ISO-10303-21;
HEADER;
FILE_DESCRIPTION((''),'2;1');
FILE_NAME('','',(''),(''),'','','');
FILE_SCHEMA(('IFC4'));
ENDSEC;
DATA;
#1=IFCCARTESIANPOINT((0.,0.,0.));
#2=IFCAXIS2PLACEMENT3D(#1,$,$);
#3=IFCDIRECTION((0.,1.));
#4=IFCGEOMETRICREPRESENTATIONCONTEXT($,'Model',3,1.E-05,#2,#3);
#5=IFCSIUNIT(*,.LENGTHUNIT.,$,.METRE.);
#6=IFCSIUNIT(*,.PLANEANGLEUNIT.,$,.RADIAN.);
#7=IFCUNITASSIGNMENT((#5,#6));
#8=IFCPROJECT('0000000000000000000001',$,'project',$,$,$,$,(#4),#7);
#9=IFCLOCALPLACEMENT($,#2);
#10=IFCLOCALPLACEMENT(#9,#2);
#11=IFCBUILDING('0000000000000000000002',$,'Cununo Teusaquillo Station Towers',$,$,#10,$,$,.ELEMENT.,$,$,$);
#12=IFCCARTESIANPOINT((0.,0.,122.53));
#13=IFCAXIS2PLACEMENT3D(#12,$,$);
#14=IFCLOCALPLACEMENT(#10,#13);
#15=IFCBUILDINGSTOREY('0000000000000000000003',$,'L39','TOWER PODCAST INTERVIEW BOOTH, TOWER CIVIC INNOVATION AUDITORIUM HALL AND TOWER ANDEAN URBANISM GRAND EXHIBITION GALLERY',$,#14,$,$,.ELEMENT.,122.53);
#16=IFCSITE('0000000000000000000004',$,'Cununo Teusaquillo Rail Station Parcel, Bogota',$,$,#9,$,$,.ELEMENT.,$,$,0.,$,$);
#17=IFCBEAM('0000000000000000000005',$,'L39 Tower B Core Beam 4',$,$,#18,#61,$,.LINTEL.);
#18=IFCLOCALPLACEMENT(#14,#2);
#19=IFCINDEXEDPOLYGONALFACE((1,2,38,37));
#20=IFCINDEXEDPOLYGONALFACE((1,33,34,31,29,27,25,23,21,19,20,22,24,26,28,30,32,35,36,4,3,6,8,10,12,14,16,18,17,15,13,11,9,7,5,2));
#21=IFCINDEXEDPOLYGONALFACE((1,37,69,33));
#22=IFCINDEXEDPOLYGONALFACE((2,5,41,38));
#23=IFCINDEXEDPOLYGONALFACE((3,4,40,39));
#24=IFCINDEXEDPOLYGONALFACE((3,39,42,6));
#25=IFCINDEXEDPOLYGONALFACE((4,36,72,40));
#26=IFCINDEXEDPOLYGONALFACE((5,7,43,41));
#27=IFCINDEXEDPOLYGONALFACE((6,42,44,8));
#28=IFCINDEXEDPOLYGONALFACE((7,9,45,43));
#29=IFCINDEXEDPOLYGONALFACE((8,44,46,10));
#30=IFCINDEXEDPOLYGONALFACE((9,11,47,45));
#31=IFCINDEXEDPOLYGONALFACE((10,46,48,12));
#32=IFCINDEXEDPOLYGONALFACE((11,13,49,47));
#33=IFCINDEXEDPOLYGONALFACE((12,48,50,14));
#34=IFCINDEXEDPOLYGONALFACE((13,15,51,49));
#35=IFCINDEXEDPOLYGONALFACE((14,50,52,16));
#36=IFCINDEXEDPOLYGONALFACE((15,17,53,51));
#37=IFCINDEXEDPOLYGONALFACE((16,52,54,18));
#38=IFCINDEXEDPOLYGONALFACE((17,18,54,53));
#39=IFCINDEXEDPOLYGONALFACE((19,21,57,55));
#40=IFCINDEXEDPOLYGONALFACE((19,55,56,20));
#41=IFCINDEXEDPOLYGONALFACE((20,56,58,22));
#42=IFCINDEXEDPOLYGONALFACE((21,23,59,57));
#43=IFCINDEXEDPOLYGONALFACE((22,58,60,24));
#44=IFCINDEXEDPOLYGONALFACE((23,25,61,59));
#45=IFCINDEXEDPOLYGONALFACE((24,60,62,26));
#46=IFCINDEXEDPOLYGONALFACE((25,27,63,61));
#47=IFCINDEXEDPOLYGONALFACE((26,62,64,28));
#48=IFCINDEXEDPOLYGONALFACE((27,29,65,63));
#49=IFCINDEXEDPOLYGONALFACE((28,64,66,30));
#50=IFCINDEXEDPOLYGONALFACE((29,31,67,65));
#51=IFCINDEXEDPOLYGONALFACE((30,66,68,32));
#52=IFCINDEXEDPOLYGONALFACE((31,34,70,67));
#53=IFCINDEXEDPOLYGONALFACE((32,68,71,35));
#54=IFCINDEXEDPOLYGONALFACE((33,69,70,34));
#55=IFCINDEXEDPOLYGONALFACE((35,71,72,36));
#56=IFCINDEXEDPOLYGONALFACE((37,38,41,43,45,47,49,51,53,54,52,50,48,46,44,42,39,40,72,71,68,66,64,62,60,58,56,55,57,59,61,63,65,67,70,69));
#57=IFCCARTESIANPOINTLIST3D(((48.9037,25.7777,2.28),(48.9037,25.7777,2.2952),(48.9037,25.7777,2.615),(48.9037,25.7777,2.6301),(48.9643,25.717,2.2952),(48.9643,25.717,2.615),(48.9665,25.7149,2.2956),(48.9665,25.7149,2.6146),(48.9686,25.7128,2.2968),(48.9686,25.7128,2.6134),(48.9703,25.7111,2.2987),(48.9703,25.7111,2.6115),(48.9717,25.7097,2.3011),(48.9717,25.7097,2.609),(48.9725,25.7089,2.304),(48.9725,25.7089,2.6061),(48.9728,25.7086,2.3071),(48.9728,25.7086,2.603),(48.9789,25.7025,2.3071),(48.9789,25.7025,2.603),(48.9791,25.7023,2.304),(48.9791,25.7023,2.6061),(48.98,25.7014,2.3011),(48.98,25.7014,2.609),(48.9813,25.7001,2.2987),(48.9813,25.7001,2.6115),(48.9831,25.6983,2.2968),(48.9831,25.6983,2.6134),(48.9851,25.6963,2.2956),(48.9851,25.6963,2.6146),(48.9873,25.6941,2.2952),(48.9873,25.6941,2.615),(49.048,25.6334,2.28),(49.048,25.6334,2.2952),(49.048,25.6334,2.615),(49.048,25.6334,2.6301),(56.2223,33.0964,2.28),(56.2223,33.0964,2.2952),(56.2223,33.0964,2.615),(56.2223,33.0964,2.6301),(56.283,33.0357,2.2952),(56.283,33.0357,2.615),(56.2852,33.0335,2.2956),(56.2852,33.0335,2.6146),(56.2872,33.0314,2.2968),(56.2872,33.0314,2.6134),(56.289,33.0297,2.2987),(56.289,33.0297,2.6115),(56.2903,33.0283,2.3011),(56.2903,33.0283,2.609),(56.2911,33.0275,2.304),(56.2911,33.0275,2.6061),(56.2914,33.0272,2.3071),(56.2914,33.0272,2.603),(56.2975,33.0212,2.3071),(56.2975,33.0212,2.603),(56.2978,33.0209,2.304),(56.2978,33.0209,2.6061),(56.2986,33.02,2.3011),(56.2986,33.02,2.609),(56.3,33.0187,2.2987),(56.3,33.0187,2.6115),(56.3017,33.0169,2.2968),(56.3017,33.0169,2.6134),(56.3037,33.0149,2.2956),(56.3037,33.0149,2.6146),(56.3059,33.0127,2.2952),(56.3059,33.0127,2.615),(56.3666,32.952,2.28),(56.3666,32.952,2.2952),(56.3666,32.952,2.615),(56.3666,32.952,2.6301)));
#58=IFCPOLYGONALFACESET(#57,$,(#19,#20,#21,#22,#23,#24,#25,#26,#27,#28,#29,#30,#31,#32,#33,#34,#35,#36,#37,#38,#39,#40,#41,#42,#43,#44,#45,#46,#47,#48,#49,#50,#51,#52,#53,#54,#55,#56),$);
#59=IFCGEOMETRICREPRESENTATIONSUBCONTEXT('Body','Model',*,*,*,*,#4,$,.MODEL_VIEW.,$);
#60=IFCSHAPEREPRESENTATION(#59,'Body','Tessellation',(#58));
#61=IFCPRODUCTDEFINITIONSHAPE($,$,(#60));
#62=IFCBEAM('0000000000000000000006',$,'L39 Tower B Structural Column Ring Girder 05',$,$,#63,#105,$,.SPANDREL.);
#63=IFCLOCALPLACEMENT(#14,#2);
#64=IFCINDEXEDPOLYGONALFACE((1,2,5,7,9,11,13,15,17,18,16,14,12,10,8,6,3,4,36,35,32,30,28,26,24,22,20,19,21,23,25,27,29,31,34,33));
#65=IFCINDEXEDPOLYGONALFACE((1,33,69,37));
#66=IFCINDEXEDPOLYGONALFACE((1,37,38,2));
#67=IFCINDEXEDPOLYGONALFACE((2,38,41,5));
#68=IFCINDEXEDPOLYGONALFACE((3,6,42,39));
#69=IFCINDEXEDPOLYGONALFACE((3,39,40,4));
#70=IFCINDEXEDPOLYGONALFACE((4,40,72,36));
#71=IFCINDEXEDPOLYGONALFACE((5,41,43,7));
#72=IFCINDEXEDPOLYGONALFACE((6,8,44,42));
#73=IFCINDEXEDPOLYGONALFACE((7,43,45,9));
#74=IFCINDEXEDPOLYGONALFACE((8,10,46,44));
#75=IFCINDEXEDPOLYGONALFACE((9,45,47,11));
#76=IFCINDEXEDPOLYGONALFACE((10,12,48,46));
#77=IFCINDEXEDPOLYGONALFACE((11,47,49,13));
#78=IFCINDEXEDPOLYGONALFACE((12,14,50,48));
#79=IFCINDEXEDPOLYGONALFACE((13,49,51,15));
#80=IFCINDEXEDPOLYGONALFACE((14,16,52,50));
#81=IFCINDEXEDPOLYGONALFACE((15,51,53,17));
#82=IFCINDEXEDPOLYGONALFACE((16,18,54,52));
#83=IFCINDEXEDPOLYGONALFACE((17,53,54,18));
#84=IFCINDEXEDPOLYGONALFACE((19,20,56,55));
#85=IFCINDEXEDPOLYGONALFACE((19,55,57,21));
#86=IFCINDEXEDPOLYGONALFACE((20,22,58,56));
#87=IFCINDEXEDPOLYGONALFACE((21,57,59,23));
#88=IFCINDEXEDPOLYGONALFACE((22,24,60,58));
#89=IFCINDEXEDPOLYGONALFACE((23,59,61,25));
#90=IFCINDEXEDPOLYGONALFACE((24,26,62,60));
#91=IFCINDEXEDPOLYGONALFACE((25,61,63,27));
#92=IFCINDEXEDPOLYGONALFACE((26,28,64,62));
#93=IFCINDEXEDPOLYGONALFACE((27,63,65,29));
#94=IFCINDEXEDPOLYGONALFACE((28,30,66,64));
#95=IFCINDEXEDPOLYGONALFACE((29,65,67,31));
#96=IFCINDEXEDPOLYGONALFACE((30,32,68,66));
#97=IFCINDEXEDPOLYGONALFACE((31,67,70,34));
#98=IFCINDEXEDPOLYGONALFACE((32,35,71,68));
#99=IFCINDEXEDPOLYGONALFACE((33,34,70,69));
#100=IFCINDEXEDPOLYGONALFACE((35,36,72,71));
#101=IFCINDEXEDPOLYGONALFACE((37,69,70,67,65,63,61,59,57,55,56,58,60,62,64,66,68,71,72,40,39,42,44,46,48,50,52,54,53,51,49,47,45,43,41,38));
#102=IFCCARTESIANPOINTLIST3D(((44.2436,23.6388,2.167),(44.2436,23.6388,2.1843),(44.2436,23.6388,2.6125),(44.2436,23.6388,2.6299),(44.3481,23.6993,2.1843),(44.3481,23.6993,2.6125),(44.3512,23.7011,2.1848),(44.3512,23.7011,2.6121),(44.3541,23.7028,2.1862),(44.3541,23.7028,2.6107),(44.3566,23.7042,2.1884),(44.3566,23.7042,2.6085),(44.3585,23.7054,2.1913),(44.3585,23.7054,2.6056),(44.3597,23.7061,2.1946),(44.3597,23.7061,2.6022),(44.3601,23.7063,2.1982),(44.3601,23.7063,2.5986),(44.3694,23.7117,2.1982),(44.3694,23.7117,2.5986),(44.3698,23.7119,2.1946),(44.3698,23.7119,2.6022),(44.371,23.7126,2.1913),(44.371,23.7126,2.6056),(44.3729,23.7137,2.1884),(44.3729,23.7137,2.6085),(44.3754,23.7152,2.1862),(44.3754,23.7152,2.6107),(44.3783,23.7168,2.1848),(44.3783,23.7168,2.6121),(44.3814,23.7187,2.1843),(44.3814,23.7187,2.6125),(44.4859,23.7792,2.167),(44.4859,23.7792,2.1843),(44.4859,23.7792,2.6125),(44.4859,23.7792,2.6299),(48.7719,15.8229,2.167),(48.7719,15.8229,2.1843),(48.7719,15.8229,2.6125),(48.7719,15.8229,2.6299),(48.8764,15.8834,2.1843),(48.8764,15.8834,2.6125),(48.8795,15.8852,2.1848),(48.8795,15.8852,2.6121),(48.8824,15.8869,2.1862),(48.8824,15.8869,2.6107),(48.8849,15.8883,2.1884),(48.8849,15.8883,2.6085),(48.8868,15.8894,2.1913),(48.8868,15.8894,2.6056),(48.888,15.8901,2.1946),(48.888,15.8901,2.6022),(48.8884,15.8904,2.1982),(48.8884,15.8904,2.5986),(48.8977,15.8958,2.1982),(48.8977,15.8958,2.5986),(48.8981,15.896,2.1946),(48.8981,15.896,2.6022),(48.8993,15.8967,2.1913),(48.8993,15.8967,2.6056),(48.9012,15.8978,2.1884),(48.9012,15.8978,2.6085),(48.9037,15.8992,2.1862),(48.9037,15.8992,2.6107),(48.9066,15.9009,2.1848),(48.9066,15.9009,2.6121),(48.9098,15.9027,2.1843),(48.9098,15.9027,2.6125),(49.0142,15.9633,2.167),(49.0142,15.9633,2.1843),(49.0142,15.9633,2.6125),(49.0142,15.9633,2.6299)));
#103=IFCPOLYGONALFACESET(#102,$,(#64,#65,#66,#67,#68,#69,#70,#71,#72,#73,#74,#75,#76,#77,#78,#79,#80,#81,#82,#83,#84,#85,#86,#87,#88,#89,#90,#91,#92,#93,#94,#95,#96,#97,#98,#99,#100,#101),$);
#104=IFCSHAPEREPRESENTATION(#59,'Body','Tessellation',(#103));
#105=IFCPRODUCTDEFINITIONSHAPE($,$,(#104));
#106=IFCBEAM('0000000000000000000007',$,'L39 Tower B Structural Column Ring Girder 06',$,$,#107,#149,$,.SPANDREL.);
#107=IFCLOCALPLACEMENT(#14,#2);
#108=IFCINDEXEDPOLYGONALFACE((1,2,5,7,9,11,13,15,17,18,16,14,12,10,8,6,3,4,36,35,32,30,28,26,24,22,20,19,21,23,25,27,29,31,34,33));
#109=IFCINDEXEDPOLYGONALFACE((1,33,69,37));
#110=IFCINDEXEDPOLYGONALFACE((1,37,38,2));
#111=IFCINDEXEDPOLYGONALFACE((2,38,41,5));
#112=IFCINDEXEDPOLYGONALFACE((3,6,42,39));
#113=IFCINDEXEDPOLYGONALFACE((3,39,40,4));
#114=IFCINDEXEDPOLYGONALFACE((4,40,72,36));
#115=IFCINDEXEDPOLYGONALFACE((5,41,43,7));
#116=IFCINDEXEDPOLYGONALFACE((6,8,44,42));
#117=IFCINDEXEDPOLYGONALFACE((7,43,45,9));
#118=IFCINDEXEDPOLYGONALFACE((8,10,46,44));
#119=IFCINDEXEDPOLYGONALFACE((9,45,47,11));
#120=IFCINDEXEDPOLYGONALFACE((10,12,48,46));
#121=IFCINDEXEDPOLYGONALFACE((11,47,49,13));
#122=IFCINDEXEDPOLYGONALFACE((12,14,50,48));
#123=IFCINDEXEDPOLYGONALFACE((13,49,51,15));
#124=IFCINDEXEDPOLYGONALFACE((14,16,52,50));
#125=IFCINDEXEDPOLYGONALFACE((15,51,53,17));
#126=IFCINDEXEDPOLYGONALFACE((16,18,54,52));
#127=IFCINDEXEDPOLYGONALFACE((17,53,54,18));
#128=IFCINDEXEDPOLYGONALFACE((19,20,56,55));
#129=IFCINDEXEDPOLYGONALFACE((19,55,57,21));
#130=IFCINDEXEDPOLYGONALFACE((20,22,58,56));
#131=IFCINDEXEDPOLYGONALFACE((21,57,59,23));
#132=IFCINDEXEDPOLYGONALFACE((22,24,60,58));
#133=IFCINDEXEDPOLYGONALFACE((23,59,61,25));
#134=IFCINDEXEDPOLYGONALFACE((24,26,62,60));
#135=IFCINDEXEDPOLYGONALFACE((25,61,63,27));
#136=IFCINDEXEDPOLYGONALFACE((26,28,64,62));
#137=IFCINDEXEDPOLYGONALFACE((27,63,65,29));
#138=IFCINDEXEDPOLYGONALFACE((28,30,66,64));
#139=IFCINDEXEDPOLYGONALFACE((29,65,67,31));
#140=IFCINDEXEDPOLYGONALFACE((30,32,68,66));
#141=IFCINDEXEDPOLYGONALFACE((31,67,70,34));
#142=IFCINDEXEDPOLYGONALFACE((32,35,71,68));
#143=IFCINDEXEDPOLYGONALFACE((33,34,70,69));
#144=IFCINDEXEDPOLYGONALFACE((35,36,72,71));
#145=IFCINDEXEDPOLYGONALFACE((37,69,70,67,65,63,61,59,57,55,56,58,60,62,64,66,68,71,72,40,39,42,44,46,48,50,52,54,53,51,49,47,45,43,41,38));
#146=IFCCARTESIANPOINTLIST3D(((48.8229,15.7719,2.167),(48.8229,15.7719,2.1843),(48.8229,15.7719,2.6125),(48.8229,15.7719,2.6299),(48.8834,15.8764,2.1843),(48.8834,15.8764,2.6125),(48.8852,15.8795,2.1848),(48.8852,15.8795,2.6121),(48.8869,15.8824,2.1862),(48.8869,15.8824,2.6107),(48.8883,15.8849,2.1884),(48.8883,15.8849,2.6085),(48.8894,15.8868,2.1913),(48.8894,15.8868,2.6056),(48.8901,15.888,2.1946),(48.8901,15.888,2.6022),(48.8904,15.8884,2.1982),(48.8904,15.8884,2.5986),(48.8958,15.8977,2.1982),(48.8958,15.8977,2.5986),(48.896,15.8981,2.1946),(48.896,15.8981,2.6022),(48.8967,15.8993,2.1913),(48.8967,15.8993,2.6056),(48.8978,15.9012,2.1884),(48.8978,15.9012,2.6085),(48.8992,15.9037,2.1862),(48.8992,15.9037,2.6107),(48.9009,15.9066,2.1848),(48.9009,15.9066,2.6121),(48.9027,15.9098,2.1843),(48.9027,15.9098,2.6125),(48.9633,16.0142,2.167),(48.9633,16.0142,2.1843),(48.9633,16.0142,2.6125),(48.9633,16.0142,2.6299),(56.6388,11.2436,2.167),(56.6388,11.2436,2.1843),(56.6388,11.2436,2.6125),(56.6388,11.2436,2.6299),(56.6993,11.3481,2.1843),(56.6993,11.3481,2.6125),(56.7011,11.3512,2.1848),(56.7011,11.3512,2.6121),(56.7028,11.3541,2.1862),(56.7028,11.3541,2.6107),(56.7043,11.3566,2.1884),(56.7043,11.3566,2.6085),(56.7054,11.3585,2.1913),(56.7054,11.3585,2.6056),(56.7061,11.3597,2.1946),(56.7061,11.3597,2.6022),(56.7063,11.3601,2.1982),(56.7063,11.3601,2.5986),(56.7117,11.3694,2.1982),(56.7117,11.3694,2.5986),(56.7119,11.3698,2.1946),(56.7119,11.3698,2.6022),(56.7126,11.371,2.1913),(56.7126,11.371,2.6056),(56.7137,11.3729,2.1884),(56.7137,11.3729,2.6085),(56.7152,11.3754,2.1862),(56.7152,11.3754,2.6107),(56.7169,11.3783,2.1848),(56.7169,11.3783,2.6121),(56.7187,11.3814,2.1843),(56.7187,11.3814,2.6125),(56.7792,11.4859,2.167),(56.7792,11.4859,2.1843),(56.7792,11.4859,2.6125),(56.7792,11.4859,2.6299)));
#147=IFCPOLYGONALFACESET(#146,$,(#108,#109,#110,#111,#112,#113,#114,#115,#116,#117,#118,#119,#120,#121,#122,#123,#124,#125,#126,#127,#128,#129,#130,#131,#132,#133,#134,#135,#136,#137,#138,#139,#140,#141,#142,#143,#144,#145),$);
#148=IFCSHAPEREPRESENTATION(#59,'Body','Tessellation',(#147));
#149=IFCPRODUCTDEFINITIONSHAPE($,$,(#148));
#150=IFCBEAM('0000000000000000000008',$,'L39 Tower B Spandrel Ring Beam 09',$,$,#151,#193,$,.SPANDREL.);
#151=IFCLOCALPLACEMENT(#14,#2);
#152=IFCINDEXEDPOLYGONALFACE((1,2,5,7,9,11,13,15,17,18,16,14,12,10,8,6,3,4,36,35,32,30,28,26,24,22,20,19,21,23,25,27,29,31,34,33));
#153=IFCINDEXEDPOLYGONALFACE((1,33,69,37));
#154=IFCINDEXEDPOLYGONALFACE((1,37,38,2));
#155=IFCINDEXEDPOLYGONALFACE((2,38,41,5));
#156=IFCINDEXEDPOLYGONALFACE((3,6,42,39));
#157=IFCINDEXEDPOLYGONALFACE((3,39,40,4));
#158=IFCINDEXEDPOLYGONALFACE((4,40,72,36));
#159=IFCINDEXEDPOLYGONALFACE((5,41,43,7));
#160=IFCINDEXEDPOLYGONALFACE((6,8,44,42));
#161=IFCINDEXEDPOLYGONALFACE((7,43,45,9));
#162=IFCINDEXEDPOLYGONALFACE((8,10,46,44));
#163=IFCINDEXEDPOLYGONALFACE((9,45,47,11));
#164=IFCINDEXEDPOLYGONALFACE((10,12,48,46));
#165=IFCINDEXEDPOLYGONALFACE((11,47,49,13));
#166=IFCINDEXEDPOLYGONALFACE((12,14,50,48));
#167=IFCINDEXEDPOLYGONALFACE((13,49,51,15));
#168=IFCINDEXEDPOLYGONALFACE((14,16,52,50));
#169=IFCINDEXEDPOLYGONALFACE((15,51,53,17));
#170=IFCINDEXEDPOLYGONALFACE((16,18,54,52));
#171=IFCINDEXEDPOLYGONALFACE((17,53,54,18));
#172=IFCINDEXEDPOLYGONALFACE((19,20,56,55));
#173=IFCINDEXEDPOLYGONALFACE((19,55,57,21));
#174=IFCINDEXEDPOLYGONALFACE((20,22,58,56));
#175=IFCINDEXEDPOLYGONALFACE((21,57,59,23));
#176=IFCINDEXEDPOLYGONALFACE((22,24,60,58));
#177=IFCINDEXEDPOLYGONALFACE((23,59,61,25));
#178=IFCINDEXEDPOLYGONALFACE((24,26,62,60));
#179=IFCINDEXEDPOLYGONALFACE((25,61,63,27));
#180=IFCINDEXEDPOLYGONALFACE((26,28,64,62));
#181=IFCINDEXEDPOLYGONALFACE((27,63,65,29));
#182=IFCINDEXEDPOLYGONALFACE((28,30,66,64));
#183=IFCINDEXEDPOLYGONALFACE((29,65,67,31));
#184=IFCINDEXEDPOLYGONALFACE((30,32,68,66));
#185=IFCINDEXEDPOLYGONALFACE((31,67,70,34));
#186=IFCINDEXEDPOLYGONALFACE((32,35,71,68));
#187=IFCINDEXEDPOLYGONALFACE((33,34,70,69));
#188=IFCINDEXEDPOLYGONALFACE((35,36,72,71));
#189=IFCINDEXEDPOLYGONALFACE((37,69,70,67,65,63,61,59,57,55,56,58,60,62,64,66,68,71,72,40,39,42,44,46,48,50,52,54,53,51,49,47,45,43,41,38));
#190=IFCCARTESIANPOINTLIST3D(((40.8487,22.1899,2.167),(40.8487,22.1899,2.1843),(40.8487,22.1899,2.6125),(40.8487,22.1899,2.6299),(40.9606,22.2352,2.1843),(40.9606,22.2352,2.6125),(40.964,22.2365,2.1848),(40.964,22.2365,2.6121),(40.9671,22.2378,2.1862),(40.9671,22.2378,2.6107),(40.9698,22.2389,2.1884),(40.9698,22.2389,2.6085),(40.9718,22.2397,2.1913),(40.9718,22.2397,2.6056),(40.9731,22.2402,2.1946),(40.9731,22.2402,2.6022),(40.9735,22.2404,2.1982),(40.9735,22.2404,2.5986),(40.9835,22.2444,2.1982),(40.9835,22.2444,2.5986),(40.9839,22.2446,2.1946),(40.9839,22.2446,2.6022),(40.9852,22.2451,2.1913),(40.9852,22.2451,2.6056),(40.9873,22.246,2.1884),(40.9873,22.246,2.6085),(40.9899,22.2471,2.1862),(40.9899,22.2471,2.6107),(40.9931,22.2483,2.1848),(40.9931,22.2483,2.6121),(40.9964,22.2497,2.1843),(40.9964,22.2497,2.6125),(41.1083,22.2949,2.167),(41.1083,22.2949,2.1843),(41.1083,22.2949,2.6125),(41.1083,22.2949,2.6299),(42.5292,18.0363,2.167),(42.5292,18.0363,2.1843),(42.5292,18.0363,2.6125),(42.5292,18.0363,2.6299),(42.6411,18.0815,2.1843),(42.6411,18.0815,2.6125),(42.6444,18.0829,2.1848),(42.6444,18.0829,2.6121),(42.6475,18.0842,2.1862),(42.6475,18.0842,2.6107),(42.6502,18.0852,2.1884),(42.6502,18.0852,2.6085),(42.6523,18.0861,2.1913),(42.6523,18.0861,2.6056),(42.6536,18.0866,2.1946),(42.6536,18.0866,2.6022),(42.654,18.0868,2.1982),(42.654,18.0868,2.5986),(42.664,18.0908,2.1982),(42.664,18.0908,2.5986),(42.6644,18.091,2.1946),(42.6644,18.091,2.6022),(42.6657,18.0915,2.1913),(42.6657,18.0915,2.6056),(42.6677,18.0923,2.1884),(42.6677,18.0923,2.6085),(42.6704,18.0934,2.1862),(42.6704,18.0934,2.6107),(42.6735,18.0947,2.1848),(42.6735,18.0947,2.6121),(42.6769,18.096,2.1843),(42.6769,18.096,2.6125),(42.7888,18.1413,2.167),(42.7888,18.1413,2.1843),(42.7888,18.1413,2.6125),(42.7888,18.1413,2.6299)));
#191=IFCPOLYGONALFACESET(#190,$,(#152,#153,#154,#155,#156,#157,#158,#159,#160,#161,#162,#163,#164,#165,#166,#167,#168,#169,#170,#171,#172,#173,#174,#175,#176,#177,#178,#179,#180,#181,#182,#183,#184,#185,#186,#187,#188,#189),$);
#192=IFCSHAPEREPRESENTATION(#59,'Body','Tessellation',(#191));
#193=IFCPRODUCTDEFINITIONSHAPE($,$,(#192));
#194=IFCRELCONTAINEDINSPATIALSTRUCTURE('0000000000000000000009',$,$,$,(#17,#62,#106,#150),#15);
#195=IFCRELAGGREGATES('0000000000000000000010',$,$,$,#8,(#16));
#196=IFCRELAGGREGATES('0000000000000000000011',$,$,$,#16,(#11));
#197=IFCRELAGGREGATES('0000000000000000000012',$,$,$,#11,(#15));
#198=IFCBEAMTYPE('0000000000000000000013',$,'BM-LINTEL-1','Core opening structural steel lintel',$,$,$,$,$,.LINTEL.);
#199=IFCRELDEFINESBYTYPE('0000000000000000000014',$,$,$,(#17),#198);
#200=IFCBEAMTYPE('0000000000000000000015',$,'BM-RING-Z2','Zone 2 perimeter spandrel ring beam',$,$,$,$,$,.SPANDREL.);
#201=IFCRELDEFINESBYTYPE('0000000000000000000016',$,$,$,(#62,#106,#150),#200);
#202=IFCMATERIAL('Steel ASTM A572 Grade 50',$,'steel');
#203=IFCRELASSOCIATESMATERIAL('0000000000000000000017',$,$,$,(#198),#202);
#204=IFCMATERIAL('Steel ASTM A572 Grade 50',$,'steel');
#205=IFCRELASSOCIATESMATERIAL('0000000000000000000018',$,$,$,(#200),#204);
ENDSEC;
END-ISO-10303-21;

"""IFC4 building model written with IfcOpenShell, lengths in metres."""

from ifc_helpers import new_model, si_unit, direction, frame, origin, origin_2d, place, context, subcontext, project, spatial, i_section, extrude, material, material_profile, profile_set, type_object, element, save


model = new_model("IFC4")

# Units and contexts
model_context = context("Model", 3, precision=1e-05, world=origin(), true_north=direction((0.0, 1.0)))
body_context = subcontext(model_context, "Body", "Model", "MODEL_VIEW")
ifc_project = project(units=[si_unit("LENGTHUNIT", "METRE"), si_unit("PLANEANGLEUNIT", "RADIAN")], contexts=[model_context])

# Site, building, storey
site_placement = place(None, origin())
site = spatial("IfcSite", under=ifc_project, at=site_placement, Name="Cununo Teusaquillo Rail Station Parcel, Bogota", CompositionType="ELEMENT", RefElevation=0.0)
building_placement = place(site_placement, origin())
building = spatial("IfcBuilding", under=site, at=building_placement, Name="Cununo Teusaquillo Station Towers", CompositionType="ELEMENT")
storey_placement = place(building_placement, frame((0.0, 0.0, 122.53)))
storey = spatial("IfcBuildingStorey", under=building, at=storey_placement, Name="L39", Description="TOWER PODCAST INTERVIEW BOOTH, TOWER CIVIC INNOVATION AUDITORIUM HALL AND TOWER ANDEAN URBANISM GRAND EXHIBITION GALLERY", CompositionType="ELEMENT", Elevation=122.53)

# Beams
ifc_material_1 = material(Name="Steel ASTM A572 Grade 50", Category="steel")
ifc_material_profile_1 = material_profile(ifc_material_1, i_section(OverallWidth=0.2041, OverallDepth=0.3501, WebThickness=0.0085, FlangeThickness=0.0151, FilletRadius=0.012, at=origin_2d()), Name="W14X48")
ifc_profile_set_1 = profile_set([ifc_material_profile_1], Name="Steel ASTM A572 Grade 50")
beam_type_1 = type_object("IfcBeamType", Name="BM-LINTEL-1", Description="Core opening structural steel lintel", PredefinedType="LINTEL", material=ifc_profile_set_1)
beam_1_placement = place(storey_placement, frame((48.9758, 25.7056, 2.4551), z_axis=(0.707107, 0.707107, 0.0), x_axis=(-0.707107, 0.707107, 0.0)))
element("IfcBeam", 1, at=beam_1_placement, inside=storey, type_object=beam_type_1, Name="L39 Tower B Core Beam 4", PredefinedType="LINTEL", context=body_context, shape_type="SweptSolid", body=[
    extrude(i_section(OverallWidth=0.2041, OverallDepth=0.3501, WebThickness=0.0085, FlangeThickness=0.0151, FilletRadius=0.012, at=origin_2d()), origin(), (0.0, 0.0, 1.0), 10.3501),
])
ifc_material_2 = material(Name="Steel ASTM A572 Grade 50", Category="steel")
ifc_material_profile_2 = material_profile(ifc_material_2, i_section(OverallWidth=0.28, OverallDepth=0.4629, WebThickness=0.0107, FlangeThickness=0.0173, FilletRadius=0.0139, at=origin_2d()), Name="W18X76")
ifc_profile_set_2 = profile_set([ifc_material_profile_2], Name="Steel ASTM A572 Grade 50")
beam_type_2 = type_object("IfcBeamType", Name="BM-RING-Z2", Description="Zone 2 perimeter spandrel ring beam", PredefinedType="SPANDREL", material=ifc_profile_set_2)
for number, where, z_axis, x_axis, name in (
    (2, (44.3647, 23.709, 2.3984), (0.501311, -0.865267, 0.0), (0.865267, 0.501311, 0.0), "L39 Tower B Structural Column Ring Girder 05"),
    (3, (48.8931, 15.8931, 2.3984), (0.865267, -0.501311, 0.0), (0.501311, 0.865267, 0.0), "L39 Tower B Structural Column Ring Girder 06"),
):
    element("IfcBeam", number, at=place(storey_placement, frame(where, z_axis=z_axis, x_axis=x_axis)), inside=storey, type_object=beam_type_2, Name=name, PredefinedType="SPANDREL", context=body_context, shape_type="SweptSolid", body=[
        extrude(i_section(OverallWidth=0.28, OverallDepth=0.4629, WebThickness=0.0107, FlangeThickness=0.0173, FilletRadius=0.0139, at=origin_2d()), origin(), (0.0, 0.0, 1.0), 9.033),
    ])
beam_2_placement = place(storey_placement, frame((40.9785, 22.2424, 2.3984), z_axis=(0.375042, -0.927008, 0.0), x_axis=(0.927008, 0.375042, 0.0)))
element("IfcBeam", 4, at=beam_2_placement, inside=storey, type_object=beam_type_2, Name="L39 Tower B Spandrel Ring Beam 09", PredefinedType="SPANDREL", context=body_context, shape_type="SweptSolid", body=[
    extrude(i_section(OverallWidth=0.28, OverallDepth=0.4629, WebThickness=0.0107, FlangeThickness=0.0173, FilletRadius=0.0139, at=origin_2d()), origin(), (0.0, 0.0, 1.0), 4.4807),
])

save(model, "model.ifc")
